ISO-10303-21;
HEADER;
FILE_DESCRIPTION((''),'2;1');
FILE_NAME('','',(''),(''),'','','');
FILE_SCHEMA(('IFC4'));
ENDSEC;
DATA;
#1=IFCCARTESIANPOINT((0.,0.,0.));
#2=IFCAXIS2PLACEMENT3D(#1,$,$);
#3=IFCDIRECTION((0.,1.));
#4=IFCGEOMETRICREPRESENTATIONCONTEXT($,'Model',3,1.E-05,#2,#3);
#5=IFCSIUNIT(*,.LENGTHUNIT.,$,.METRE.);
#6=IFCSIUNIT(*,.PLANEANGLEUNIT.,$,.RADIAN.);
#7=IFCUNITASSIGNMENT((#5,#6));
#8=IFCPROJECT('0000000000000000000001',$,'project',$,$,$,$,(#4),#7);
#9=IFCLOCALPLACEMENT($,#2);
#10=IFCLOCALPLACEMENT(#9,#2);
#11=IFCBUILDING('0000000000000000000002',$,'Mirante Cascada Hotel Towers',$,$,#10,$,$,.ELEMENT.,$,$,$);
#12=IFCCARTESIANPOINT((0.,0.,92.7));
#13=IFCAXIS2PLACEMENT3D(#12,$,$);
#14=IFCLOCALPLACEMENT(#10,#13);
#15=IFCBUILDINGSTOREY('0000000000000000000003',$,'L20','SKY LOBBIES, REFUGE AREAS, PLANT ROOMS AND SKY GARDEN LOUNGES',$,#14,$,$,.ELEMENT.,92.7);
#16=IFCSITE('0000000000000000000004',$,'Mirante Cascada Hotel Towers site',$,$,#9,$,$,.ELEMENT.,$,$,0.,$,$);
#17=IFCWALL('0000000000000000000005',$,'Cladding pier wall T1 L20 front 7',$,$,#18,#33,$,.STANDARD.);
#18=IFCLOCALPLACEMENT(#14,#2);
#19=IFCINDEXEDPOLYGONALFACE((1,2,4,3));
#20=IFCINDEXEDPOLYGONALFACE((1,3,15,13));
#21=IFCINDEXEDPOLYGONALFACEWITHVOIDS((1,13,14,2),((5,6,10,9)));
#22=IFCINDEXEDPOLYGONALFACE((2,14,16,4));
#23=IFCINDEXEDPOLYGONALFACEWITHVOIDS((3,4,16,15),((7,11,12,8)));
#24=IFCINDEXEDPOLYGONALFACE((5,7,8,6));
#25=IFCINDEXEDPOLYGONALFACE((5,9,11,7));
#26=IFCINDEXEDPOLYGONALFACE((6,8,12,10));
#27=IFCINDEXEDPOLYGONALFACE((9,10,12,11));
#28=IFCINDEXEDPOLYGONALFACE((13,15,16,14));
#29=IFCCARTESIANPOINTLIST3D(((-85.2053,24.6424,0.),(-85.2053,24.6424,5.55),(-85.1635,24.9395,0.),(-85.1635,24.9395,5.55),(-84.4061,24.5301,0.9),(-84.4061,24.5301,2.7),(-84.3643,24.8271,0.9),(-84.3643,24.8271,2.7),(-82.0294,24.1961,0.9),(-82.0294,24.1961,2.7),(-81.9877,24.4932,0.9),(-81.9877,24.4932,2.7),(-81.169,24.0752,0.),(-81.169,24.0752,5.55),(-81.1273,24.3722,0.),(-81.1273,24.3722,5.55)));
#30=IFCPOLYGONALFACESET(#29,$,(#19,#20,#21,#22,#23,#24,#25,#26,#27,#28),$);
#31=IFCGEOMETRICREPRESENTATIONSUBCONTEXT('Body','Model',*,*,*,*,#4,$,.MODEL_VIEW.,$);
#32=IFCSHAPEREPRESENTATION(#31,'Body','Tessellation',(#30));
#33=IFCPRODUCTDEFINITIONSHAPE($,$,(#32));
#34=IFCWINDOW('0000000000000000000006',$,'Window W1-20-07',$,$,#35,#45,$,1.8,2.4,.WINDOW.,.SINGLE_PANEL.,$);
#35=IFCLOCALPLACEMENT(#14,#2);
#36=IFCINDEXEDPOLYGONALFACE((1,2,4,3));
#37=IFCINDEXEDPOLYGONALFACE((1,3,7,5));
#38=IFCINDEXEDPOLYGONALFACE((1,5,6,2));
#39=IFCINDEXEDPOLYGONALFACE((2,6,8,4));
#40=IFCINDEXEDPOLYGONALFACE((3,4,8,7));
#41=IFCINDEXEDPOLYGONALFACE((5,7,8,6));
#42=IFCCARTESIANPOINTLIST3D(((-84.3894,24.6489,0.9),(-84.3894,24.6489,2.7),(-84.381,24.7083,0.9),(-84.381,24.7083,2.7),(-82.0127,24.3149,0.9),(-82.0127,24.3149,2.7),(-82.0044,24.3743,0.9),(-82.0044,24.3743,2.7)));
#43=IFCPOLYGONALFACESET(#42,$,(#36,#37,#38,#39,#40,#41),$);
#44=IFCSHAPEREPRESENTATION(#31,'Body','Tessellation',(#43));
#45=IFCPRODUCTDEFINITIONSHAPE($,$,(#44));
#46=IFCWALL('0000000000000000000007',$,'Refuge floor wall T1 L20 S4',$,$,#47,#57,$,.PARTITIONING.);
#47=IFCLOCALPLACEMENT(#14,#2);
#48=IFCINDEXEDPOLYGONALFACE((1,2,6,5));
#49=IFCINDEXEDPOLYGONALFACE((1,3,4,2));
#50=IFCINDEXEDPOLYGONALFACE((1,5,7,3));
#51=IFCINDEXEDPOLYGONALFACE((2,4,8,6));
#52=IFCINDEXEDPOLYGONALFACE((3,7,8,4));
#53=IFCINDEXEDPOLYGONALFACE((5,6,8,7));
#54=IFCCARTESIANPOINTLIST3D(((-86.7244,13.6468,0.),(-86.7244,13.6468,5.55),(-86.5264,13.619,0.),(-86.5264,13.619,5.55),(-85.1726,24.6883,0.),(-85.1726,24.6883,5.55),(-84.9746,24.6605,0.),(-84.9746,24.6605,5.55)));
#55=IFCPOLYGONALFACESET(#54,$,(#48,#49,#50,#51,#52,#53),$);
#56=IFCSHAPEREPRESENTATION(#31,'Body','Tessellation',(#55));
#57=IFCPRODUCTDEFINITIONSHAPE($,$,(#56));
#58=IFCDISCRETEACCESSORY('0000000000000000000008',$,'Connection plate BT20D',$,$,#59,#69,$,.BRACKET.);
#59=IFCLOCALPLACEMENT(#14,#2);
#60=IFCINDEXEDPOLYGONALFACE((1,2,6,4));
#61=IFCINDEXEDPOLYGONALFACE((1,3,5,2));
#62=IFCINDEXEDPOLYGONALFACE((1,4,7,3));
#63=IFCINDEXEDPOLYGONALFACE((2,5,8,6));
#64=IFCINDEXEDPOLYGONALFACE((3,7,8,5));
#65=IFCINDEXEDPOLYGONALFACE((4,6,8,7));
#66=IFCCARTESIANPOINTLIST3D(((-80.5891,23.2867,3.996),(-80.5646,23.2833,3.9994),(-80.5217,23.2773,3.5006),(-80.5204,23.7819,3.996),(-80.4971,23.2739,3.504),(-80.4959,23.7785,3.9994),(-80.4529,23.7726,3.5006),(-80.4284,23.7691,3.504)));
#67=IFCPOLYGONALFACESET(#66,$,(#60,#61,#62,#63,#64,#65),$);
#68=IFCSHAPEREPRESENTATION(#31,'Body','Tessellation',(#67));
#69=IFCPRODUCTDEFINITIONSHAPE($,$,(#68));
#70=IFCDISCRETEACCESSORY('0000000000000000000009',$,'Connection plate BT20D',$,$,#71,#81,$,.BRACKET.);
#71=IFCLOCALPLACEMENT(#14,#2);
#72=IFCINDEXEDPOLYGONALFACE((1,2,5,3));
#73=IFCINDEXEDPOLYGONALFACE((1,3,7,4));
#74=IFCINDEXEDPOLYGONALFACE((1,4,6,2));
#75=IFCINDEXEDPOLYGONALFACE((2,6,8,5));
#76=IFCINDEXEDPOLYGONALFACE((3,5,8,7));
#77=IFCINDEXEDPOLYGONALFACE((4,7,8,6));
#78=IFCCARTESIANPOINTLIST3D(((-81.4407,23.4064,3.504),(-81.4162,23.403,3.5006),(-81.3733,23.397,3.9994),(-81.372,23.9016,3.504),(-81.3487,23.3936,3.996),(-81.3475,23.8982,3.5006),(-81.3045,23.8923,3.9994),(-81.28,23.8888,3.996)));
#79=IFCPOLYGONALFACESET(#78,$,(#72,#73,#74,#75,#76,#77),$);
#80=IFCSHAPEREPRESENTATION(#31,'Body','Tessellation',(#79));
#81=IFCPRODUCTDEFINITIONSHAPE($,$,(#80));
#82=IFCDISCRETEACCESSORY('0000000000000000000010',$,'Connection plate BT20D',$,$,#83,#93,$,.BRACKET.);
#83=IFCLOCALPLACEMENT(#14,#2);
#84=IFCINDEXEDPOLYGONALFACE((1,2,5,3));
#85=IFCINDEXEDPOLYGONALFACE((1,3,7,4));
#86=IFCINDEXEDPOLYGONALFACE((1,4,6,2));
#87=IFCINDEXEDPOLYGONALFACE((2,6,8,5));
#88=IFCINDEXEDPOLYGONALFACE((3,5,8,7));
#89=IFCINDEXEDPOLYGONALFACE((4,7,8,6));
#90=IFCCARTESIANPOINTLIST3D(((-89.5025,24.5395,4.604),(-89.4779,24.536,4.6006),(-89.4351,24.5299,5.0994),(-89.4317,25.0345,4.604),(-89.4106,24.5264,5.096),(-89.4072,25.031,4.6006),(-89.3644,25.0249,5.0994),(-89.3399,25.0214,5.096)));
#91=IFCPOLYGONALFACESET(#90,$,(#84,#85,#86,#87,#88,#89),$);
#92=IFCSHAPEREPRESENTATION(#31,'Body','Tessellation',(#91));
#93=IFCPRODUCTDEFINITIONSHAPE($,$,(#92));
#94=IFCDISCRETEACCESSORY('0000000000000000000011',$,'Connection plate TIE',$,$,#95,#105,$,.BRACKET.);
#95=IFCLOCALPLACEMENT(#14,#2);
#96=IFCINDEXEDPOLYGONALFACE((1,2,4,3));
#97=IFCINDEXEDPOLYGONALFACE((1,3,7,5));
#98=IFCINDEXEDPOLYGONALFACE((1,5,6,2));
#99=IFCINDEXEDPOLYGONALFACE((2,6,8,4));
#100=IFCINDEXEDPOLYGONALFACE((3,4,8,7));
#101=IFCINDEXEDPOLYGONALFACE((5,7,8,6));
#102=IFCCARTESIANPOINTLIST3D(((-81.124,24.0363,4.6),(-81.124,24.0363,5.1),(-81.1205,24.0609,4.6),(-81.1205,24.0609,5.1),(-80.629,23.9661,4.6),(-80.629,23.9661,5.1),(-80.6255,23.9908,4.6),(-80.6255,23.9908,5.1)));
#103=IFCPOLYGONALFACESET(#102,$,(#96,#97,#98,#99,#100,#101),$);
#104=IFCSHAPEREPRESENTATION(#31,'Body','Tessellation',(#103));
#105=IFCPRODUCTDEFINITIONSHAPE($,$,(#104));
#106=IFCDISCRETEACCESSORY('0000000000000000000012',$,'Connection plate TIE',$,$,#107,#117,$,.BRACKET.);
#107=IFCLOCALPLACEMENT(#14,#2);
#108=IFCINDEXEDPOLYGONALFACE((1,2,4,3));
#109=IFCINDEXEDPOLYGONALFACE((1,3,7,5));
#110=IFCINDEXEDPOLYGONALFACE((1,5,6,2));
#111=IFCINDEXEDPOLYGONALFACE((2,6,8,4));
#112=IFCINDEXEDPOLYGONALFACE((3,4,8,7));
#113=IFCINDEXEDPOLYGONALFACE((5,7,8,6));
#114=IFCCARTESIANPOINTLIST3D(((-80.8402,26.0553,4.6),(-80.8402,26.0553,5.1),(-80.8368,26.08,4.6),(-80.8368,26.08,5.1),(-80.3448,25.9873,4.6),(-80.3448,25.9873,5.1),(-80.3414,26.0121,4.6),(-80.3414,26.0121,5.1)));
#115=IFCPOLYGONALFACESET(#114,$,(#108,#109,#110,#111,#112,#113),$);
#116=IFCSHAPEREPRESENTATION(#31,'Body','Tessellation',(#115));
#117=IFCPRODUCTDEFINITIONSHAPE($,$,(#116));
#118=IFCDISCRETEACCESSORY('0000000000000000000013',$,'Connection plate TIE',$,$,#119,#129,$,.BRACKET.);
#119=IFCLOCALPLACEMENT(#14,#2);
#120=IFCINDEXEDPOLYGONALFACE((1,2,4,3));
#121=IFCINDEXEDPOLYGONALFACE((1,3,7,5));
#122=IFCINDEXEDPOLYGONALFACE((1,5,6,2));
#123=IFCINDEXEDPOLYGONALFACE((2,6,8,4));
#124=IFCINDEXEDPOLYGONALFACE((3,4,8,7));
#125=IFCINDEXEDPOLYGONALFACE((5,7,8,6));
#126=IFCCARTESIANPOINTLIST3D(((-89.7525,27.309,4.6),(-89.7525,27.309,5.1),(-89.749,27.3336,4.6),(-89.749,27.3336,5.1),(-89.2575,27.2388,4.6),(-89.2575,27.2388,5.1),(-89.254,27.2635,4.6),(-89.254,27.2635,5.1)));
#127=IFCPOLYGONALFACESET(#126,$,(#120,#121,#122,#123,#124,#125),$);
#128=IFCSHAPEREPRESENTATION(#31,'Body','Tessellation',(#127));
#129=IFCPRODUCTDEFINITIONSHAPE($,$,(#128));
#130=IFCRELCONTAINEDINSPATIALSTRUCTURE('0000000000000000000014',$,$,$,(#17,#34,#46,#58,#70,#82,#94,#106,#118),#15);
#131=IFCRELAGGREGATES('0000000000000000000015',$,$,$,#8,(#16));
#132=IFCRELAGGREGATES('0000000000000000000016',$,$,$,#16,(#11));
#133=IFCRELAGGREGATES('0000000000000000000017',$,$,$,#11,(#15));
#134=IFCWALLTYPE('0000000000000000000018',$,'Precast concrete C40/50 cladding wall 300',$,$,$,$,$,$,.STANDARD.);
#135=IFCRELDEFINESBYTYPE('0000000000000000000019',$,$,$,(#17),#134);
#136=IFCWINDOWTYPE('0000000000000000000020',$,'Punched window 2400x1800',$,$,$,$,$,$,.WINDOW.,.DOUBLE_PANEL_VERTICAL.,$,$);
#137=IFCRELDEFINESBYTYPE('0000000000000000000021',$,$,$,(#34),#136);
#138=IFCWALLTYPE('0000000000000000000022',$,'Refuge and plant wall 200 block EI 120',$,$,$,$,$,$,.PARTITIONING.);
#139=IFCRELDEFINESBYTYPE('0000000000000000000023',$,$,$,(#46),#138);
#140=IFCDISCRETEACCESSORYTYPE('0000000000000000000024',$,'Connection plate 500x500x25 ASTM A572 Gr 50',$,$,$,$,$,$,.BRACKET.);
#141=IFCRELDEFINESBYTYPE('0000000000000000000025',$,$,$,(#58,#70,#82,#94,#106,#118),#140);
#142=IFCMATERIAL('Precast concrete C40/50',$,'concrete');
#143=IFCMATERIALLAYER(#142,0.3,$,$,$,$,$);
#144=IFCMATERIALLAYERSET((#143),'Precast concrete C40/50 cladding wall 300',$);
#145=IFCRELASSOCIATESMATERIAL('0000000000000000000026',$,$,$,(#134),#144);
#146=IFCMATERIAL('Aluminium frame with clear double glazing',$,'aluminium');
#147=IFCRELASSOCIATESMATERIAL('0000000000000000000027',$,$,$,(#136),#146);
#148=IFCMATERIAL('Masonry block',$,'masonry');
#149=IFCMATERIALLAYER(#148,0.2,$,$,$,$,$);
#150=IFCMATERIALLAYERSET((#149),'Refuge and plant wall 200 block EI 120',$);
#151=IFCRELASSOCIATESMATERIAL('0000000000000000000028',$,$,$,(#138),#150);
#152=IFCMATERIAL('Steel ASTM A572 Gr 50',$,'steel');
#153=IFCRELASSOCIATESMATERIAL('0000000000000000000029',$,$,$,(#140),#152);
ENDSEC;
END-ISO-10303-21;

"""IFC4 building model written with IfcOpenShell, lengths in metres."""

from ifc_helpers import new_model, si_unit, direction, frame, frame_2d, origin, origin_2d, place, context, subcontext, project, spatial, rectangle, extrude, material, layer, layer_set, material_profile, profile_set, type_object, element, fill, save


model = new_model("IFC4")

# Units and contexts
model_context = context("Model", 3, precision=1e-05, world=origin(), true_north=direction((0.0, 1.0)))
body_context = subcontext(model_context, "Body", "Model", "MODEL_VIEW")
ifc_project = project(units=[si_unit("LENGTHUNIT", "METRE"), si_unit("PLANEANGLEUNIT", "RADIAN")], contexts=[model_context])

# Site, building, storey
site_placement = place(None, origin())
site = spatial("IfcSite", under=ifc_project, at=site_placement, Name="Mirante Cascada Hotel Towers site", CompositionType="ELEMENT", RefElevation=0.0)
building_placement = place(site_placement, origin())
building = spatial("IfcBuilding", under=site, at=building_placement, Name="Mirante Cascada Hotel Towers", CompositionType="ELEMENT")
storey_placement = place(building_placement, frame((0.0, 0.0, 92.7)))
storey = spatial("IfcBuildingStorey", under=building, at=storey_placement, Name="L20", Description="SKY LOBBIES, REFUGE AREAS, PLANT ROOMS AND SKY GARDEN LOUNGES", CompositionType="ELEMENT", Elevation=92.7)

# Wall, opening, window
ifc_material_1 = material(Name="Precast concrete C40/50", Category="concrete")
ifc_layer_1 = layer(ifc_material_1, 0.3)
ifc_layer_set_1 = layer_set([ifc_layer_1], Name="Precast concrete C40/50 cladding wall 300")
wall_type_1 = type_object("IfcWallType", Name="Precast concrete C40/50 cladding wall 300", PredefinedType="STANDARD", material=ifc_layer_set_1)
wall_1_placement = place(storey_placement, frame((-81.1481, 24.2237, 0.0), z_axis=(0.0, 0.0, 1.0), x_axis=(-0.99027, 0.139161, 0.0)))
wall_1 = element("IfcWall", 1, at=wall_1_placement, inside=storey, type_object=wall_type_1, Name="Cladding pier wall T1 L20 front 7", PredefinedType="STANDARD", context=body_context, shape_type="SweptSolid", body=[
    extrude(rectangle(XDim=4.0759, YDim=0.3, at=frame_2d((2.038, 0.0))), origin(), (0.0, 0.0, 1.0), 5.55),
])
opening_placement = place(wall_1_placement, frame((0.8689, 0.0, 0.9)))
opening = element("IfcOpeningElement", 2, at=opening_placement, cuts=wall_1, PredefinedType="OPENING", context=body_context, shape_type="SweptSolid", body=[
    extrude(rectangle(XDim=2.4, YDim=1.8, at=frame_2d((1.2, 0.9))), frame((0.0, 0.15, 0.0), z_axis=(0.0, -1.0, 0.0), x_axis=(1.0, 0.0, 0.0)), (0.0, 0.0, 1.0), 0.3),
])
ifc_material_2 = material(Name="Aluminium frame with clear double glazing", Category="aluminium")
window_type = type_object("IfcWindowType", Name="Punched window 2400x1800", PartitioningType="DOUBLE_PANEL_VERTICAL", PredefinedType="WINDOW", material=ifc_material_2)
window_placement = place(opening_placement, origin())
window = element("IfcWindow", 3, at=window_placement, inside=storey, type_object=window_type, Name="Window W1-20-07", OverallHeight=1.8, OverallWidth=2.4, PartitioningType="SINGLE_PANEL", PredefinedType="WINDOW", context=body_context, shape_type="SweptSolid", body=[
    extrude(rectangle(XDim=2.4, YDim=1.8, at=frame_2d((1.2, 0.9))), frame((0.0, 0.03, 0.0), z_axis=(0.0, -1.0, 0.0), x_axis=(1.0, 0.0, 0.0)), (0.0, 0.0, 1.0), 0.06),
])
fill(opening, window)

# Wall
ifc_material_3 = material(Name="Masonry block", Category="masonry")
ifc_layer_2 = layer(ifc_material_3, 0.2)
ifc_layer_set_2 = layer_set([ifc_layer_2], Name="Refuge and plant wall 200 block EI 120")
wall_type_2 = type_object("IfcWallType", Name="Refuge and plant wall 200 block EI 120", PredefinedType="PARTITIONING", material=ifc_layer_set_2)
wall_2_placement = place(storey_placement, frame((-86.6254, 13.6329, 0.0), z_axis=(0.0, 0.0, 1.0), x_axis=(0.139175, 0.990268, 0.0)))
element("IfcWall", 4, at=wall_2_placement, inside=storey, type_object=wall_type_2, Name="Refuge floor wall T1 L20 S4", PredefinedType="PARTITIONING", context=body_context, shape_type="SweptSolid", body=[
    extrude(rectangle(XDim=11.15, YDim=0.2, at=frame_2d((5.575, 0.0))), origin(), (0.0, 0.0, 1.0), 5.55),
])

# Discrete accessories
ifc_material_4 = material(Name="Steel ASTM A572 Gr 50", Category="steel")
ifc_material_profile_1 = material_profile(ifc_material_4, rectangle(XDim=0.5, YDim=0.5, at=origin_2d()), Name="Connection plate 500x500x25 ASTM A572 Gr 50")
ifc_profile_set_1 = profile_set([ifc_material_profile_1], Name="Steel ASTM A572 Gr 50")
discrete_accessory_type = type_object("IfcDiscreteAccessoryType", Name="Connection plate 500x500x25 ASTM A572 Gr 50", PredefinedType="BRACKET", material=ifc_profile_set_1)
for number, where, z_axis, x_axis, name in (
    (5, (-80.4965, 23.5262, 3.7517), (-0.98128, 0.136178, -0.136178), (-0.137458, -0.990508, 0.0), "Connection plate BT20D"),
    (6, (-81.3481, 23.6459, 3.7483), (-0.98128, 0.136178, 0.136178), (-0.137458, -0.990508, 0.0), "Connection plate BT20D"),
    (7, (-89.4089, 24.7787, 4.8483), (-0.980738, 0.140105, 0.136102), (-0.141421, -0.98995, 0.0), "Connection plate BT20D"),
):
    element("IfcDiscreteAccessory", number, at=place(storey_placement, frame(where, z_axis=z_axis, x_axis=x_axis)), inside=storey, type_object=discrete_accessory_type, Name=name, PredefinedType="BRACKET", context=body_context, shape_type="SweptSolid", body=[
        extrude(rectangle(XDim=0.5, YDim=0.5, at=origin_2d()), origin(), (0.0, 0.0, 1.0), 0.025),
    ])
discrete_accessory_1_placement = place(storey_placement, frame((-80.8765, 24.0012, 4.85), z_axis=(0.140299, 0.990109, 0.0), x_axis=(-0.990109, 0.140299, 0.0)))
element("IfcDiscreteAccessory", 8, at=discrete_accessory_1_placement, inside=storey, type_object=discrete_accessory_type, Name="Connection plate TIE", PredefinedType="BRACKET", context=body_context, shape_type="SweptSolid", body=[
    extrude(rectangle(XDim=0.5, YDim=0.5, at=origin_2d()), origin(), (0.0, 0.0, 1.0), 0.0249),
])
discrete_accessory_2_placement = place(storey_placement, frame((-80.5925, 26.0213, 4.85), z_axis=(0.135826, 0.990733, 0.0), x_axis=(-0.990733, 0.135826, 0.0)))
element("IfcDiscreteAccessory", 9, at=discrete_accessory_2_placement, inside=storey, type_object=discrete_accessory_type, Name="Connection plate TIE", PredefinedType="BRACKET", context=body_context, shape_type="SweptSolid", body=[
    extrude(rectangle(XDim=0.5, YDim=0.5, at=origin_2d()), origin(), (0.0, 0.0, 1.0), 0.025),
])
discrete_accessory_3_placement = place(storey_placement, frame((-89.505, 27.2739, 4.85), z_axis=(0.140299, 0.990109, 0.0), x_axis=(-0.990109, 0.140299, 0.0)))
element("IfcDiscreteAccessory", 10, at=discrete_accessory_3_placement, inside=storey, type_object=discrete_accessory_type, Name="Connection plate TIE", PredefinedType="BRACKET", context=body_context, shape_type="SweptSolid", body=[
    extrude(rectangle(XDim=0.5, YDim=0.5, at=origin_2d()), origin(), (0.0, 0.0, 1.0), 0.0249),
])

save(model, "model.ifc")
